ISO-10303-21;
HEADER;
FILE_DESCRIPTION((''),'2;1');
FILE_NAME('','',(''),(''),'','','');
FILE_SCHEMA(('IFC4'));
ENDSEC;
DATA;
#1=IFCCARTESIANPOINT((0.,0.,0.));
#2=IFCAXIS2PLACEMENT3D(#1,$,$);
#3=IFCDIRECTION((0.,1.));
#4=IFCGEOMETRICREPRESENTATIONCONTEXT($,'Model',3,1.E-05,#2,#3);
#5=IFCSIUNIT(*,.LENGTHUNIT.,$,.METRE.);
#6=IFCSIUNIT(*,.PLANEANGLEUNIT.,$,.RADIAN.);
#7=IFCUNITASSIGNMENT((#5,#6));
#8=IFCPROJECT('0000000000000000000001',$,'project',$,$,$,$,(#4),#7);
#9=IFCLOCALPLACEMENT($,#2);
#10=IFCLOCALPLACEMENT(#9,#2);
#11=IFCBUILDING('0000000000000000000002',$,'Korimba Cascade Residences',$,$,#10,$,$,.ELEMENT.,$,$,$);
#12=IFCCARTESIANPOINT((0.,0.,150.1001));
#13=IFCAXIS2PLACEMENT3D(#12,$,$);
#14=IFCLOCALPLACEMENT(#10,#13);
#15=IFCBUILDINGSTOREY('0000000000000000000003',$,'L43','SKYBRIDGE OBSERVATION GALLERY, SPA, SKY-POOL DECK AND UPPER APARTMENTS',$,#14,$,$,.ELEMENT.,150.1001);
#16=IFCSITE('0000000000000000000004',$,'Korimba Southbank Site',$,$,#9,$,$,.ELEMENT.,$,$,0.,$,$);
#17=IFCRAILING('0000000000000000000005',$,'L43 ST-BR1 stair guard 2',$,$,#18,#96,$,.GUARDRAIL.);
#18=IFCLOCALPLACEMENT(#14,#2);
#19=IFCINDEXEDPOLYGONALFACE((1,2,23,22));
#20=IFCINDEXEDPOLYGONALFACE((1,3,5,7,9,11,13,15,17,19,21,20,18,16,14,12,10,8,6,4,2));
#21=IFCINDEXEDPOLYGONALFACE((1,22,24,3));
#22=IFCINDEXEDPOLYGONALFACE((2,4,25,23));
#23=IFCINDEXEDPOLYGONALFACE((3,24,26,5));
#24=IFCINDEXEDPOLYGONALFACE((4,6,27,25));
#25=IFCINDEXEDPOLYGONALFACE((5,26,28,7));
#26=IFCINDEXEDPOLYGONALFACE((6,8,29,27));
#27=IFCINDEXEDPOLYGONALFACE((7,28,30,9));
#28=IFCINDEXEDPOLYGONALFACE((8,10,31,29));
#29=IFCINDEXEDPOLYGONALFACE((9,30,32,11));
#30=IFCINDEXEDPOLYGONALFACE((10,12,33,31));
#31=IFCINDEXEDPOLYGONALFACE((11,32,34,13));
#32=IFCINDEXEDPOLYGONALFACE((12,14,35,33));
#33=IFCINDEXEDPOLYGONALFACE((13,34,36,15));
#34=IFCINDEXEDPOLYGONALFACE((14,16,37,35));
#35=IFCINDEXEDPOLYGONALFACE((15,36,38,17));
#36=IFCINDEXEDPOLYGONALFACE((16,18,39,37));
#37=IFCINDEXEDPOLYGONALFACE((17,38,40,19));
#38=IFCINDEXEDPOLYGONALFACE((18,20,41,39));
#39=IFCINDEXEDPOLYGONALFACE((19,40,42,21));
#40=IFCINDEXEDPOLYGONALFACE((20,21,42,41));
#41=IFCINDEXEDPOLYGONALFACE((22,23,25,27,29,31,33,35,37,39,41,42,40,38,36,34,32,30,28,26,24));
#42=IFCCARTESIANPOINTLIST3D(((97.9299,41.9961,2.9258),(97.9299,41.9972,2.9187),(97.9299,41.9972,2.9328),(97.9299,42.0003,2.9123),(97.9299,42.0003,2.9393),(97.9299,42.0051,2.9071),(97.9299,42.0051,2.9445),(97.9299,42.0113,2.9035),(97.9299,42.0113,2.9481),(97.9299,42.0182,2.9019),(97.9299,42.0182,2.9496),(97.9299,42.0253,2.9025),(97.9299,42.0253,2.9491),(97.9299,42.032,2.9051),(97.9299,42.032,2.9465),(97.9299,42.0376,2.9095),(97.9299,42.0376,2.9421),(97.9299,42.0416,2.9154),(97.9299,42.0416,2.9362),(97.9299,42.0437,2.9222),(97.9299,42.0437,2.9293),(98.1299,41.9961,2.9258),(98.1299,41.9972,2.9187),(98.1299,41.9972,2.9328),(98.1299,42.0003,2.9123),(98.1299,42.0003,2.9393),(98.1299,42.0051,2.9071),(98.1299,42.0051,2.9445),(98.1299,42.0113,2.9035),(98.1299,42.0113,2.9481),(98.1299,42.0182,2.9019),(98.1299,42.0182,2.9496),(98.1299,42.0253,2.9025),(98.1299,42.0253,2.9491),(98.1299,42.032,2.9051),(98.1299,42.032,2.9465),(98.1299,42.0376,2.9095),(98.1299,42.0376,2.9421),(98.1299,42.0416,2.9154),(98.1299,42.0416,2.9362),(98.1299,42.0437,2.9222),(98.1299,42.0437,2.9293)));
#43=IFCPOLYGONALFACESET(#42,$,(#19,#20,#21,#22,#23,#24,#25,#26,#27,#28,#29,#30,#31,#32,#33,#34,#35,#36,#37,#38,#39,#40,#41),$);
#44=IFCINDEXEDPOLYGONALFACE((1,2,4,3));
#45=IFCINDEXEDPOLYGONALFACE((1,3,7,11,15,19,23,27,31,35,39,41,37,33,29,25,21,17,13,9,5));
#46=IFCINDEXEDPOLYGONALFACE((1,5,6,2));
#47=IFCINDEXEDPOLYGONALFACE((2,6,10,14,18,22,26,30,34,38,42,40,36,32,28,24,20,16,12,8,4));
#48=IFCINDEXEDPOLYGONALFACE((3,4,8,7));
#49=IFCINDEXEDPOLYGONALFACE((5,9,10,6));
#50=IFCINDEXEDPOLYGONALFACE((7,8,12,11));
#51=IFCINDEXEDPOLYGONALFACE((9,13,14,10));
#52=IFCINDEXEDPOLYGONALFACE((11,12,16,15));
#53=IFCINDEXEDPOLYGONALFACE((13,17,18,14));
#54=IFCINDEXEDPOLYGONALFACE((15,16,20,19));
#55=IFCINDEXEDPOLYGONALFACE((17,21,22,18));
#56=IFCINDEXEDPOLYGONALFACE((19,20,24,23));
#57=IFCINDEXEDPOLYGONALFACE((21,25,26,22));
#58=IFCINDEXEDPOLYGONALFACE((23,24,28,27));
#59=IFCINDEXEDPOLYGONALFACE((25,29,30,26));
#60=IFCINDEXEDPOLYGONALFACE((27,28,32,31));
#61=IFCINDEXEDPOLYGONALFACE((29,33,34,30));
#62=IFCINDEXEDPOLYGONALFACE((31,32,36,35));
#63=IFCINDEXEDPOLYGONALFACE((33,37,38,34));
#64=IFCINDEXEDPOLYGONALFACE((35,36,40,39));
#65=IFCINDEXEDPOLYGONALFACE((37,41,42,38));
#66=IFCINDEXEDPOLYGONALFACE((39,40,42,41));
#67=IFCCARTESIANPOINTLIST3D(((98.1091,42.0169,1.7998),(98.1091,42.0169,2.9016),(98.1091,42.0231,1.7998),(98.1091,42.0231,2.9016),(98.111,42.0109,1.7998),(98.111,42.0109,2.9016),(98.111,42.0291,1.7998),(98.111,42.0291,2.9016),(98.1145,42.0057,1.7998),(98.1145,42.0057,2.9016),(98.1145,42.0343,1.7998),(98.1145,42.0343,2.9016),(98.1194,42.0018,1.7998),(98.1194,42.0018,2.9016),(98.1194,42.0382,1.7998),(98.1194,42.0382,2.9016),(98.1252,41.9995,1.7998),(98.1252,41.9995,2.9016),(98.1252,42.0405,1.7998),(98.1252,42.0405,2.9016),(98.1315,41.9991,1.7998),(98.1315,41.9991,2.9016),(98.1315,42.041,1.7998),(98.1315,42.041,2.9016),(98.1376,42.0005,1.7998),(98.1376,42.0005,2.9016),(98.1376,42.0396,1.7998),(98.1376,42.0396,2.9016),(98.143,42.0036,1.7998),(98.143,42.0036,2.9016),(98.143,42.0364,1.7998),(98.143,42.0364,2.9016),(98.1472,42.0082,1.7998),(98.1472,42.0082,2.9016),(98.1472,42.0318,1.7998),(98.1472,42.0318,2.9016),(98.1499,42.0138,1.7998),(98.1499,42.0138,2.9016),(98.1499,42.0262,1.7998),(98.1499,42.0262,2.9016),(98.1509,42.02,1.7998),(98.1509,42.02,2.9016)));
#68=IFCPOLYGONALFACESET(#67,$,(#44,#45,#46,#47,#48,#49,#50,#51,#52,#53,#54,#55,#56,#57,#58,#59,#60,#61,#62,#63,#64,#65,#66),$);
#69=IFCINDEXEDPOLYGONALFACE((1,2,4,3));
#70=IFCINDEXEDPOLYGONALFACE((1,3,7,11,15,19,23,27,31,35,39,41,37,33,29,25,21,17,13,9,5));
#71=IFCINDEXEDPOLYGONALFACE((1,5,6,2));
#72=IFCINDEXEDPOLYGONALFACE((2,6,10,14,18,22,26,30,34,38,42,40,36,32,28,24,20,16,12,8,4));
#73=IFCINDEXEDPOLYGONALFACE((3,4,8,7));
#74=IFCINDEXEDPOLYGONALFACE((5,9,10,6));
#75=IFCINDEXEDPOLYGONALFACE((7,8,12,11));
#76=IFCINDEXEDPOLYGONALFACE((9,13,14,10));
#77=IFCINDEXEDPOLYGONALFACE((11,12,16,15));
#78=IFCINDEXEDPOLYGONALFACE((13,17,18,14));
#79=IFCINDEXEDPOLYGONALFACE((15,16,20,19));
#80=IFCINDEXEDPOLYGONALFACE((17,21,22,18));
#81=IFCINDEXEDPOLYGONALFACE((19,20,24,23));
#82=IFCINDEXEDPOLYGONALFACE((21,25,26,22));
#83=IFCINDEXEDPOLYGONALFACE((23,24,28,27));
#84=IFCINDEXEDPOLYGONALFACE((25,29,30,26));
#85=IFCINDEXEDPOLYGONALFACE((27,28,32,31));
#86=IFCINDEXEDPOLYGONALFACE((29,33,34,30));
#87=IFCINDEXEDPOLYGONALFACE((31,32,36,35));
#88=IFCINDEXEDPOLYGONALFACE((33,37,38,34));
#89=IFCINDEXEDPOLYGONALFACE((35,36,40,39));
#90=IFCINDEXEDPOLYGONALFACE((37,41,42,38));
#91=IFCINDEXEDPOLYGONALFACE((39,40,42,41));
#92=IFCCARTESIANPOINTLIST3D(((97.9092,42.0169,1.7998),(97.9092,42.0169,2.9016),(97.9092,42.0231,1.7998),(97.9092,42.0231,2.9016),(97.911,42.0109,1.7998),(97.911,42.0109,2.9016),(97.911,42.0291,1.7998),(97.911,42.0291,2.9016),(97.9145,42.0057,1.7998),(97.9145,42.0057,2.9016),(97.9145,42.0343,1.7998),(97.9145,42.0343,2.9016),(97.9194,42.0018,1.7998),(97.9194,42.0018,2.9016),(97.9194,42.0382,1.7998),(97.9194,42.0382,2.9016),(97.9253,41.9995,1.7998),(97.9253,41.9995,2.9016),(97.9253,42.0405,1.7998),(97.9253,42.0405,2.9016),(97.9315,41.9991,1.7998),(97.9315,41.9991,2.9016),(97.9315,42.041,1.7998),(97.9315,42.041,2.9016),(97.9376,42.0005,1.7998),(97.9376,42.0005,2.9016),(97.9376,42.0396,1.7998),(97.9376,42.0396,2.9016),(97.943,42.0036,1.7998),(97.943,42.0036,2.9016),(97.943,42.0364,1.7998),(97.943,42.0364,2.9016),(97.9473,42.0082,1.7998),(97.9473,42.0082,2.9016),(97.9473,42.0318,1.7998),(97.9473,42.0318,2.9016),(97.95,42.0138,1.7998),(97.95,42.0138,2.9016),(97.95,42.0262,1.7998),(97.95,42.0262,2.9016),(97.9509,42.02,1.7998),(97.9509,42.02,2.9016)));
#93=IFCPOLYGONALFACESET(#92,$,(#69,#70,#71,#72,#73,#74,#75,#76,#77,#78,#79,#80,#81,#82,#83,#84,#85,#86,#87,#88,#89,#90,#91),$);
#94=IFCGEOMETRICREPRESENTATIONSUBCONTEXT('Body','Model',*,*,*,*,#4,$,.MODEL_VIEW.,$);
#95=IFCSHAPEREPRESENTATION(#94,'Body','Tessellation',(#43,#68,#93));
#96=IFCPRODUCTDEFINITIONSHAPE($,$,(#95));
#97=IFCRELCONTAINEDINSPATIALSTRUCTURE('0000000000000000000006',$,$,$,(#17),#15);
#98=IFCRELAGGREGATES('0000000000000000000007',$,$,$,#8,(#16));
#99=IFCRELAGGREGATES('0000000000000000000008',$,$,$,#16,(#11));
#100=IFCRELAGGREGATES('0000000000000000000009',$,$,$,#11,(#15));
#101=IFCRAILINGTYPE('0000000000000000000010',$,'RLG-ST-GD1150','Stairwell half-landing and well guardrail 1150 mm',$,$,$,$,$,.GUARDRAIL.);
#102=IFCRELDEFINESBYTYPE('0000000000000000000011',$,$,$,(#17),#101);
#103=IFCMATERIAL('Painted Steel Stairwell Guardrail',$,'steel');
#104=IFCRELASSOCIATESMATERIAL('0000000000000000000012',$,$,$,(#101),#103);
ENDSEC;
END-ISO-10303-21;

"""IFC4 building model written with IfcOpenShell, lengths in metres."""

from ifc_helpers import new_model, si_unit, direction, frame, origin, origin_2d, place, context, subcontext, project, spatial, circle, extrude, material, type_object, element, save


model = new_model("IFC4")

# Units and contexts
model_context = context("Model", 3, precision=1e-05, world=origin(), true_north=direction((0.0, 1.0)))
body_context = subcontext(model_context, "Body", "Model", "MODEL_VIEW")
ifc_project = project(units=[si_unit("LENGTHUNIT", "METRE"), si_unit("PLANEANGLEUNIT", "RADIAN")], contexts=[model_context])

# Site, building, storey
site_placement = place(None, origin())
site = spatial("IfcSite", under=ifc_project, at=site_placement, Name="Korimba Southbank Site", CompositionType="ELEMENT", RefElevation=0.0)
building_placement = place(site_placement, origin())
building = spatial("IfcBuilding", under=site, at=building_placement, Name="Korimba Cascade Residences", CompositionType="ELEMENT")
storey_placement = place(building_placement, frame((0.0, 0.0, 150.1001)))
storey = spatial("IfcBuildingStorey", under=building, at=storey_placement, Name="L43", Description="SKYBRIDGE OBSERVATION GALLERY, SPA, SKY-POOL DECK AND UPPER APARTMENTS", CompositionType="ELEMENT", Elevation=150.1001)

# Railing
ifc_material_1 = material(Name="Painted Steel Stairwell Guardrail", Category="steel")
railing_type_1 = type_object("IfcRailingType", Name="RLG-ST-GD1150", Description="Stairwell half-landing and well guardrail 1150 mm", PredefinedType="GUARDRAIL", material=ifc_material_1)
railing_1_placement = place(storey_placement, frame((98.1299, 42.02, 1.7998)))
element("IfcRailing", 1, at=railing_1_placement, inside=storey, type_object=railing_type_1, Name="L43 ST-BR1 stair guard 2", PredefinedType="GUARDRAIL", context=body_context, shape_type="SweptSolid", body=[
    extrude(circle(Radius=0.0239, at=origin_2d()), frame((0.0, 0.0, 1.126), z_axis=(-1.0, 0.0, 0.0), x_axis=(0.0, -1.0, 0.0)), (0.0, 0.0, 1.0), 0.2),
    extrude(circle(Radius=0.021, at=origin_2d()), origin(), (0.0, 0.0, 1.0), 1.1018),
    extrude(circle(Radius=0.021, at=origin_2d()), frame((-0.2, 0.0, 0.0)), (0.0, 0.0, 1.0), 1.1018),
])

save(model, "model.ifc")
